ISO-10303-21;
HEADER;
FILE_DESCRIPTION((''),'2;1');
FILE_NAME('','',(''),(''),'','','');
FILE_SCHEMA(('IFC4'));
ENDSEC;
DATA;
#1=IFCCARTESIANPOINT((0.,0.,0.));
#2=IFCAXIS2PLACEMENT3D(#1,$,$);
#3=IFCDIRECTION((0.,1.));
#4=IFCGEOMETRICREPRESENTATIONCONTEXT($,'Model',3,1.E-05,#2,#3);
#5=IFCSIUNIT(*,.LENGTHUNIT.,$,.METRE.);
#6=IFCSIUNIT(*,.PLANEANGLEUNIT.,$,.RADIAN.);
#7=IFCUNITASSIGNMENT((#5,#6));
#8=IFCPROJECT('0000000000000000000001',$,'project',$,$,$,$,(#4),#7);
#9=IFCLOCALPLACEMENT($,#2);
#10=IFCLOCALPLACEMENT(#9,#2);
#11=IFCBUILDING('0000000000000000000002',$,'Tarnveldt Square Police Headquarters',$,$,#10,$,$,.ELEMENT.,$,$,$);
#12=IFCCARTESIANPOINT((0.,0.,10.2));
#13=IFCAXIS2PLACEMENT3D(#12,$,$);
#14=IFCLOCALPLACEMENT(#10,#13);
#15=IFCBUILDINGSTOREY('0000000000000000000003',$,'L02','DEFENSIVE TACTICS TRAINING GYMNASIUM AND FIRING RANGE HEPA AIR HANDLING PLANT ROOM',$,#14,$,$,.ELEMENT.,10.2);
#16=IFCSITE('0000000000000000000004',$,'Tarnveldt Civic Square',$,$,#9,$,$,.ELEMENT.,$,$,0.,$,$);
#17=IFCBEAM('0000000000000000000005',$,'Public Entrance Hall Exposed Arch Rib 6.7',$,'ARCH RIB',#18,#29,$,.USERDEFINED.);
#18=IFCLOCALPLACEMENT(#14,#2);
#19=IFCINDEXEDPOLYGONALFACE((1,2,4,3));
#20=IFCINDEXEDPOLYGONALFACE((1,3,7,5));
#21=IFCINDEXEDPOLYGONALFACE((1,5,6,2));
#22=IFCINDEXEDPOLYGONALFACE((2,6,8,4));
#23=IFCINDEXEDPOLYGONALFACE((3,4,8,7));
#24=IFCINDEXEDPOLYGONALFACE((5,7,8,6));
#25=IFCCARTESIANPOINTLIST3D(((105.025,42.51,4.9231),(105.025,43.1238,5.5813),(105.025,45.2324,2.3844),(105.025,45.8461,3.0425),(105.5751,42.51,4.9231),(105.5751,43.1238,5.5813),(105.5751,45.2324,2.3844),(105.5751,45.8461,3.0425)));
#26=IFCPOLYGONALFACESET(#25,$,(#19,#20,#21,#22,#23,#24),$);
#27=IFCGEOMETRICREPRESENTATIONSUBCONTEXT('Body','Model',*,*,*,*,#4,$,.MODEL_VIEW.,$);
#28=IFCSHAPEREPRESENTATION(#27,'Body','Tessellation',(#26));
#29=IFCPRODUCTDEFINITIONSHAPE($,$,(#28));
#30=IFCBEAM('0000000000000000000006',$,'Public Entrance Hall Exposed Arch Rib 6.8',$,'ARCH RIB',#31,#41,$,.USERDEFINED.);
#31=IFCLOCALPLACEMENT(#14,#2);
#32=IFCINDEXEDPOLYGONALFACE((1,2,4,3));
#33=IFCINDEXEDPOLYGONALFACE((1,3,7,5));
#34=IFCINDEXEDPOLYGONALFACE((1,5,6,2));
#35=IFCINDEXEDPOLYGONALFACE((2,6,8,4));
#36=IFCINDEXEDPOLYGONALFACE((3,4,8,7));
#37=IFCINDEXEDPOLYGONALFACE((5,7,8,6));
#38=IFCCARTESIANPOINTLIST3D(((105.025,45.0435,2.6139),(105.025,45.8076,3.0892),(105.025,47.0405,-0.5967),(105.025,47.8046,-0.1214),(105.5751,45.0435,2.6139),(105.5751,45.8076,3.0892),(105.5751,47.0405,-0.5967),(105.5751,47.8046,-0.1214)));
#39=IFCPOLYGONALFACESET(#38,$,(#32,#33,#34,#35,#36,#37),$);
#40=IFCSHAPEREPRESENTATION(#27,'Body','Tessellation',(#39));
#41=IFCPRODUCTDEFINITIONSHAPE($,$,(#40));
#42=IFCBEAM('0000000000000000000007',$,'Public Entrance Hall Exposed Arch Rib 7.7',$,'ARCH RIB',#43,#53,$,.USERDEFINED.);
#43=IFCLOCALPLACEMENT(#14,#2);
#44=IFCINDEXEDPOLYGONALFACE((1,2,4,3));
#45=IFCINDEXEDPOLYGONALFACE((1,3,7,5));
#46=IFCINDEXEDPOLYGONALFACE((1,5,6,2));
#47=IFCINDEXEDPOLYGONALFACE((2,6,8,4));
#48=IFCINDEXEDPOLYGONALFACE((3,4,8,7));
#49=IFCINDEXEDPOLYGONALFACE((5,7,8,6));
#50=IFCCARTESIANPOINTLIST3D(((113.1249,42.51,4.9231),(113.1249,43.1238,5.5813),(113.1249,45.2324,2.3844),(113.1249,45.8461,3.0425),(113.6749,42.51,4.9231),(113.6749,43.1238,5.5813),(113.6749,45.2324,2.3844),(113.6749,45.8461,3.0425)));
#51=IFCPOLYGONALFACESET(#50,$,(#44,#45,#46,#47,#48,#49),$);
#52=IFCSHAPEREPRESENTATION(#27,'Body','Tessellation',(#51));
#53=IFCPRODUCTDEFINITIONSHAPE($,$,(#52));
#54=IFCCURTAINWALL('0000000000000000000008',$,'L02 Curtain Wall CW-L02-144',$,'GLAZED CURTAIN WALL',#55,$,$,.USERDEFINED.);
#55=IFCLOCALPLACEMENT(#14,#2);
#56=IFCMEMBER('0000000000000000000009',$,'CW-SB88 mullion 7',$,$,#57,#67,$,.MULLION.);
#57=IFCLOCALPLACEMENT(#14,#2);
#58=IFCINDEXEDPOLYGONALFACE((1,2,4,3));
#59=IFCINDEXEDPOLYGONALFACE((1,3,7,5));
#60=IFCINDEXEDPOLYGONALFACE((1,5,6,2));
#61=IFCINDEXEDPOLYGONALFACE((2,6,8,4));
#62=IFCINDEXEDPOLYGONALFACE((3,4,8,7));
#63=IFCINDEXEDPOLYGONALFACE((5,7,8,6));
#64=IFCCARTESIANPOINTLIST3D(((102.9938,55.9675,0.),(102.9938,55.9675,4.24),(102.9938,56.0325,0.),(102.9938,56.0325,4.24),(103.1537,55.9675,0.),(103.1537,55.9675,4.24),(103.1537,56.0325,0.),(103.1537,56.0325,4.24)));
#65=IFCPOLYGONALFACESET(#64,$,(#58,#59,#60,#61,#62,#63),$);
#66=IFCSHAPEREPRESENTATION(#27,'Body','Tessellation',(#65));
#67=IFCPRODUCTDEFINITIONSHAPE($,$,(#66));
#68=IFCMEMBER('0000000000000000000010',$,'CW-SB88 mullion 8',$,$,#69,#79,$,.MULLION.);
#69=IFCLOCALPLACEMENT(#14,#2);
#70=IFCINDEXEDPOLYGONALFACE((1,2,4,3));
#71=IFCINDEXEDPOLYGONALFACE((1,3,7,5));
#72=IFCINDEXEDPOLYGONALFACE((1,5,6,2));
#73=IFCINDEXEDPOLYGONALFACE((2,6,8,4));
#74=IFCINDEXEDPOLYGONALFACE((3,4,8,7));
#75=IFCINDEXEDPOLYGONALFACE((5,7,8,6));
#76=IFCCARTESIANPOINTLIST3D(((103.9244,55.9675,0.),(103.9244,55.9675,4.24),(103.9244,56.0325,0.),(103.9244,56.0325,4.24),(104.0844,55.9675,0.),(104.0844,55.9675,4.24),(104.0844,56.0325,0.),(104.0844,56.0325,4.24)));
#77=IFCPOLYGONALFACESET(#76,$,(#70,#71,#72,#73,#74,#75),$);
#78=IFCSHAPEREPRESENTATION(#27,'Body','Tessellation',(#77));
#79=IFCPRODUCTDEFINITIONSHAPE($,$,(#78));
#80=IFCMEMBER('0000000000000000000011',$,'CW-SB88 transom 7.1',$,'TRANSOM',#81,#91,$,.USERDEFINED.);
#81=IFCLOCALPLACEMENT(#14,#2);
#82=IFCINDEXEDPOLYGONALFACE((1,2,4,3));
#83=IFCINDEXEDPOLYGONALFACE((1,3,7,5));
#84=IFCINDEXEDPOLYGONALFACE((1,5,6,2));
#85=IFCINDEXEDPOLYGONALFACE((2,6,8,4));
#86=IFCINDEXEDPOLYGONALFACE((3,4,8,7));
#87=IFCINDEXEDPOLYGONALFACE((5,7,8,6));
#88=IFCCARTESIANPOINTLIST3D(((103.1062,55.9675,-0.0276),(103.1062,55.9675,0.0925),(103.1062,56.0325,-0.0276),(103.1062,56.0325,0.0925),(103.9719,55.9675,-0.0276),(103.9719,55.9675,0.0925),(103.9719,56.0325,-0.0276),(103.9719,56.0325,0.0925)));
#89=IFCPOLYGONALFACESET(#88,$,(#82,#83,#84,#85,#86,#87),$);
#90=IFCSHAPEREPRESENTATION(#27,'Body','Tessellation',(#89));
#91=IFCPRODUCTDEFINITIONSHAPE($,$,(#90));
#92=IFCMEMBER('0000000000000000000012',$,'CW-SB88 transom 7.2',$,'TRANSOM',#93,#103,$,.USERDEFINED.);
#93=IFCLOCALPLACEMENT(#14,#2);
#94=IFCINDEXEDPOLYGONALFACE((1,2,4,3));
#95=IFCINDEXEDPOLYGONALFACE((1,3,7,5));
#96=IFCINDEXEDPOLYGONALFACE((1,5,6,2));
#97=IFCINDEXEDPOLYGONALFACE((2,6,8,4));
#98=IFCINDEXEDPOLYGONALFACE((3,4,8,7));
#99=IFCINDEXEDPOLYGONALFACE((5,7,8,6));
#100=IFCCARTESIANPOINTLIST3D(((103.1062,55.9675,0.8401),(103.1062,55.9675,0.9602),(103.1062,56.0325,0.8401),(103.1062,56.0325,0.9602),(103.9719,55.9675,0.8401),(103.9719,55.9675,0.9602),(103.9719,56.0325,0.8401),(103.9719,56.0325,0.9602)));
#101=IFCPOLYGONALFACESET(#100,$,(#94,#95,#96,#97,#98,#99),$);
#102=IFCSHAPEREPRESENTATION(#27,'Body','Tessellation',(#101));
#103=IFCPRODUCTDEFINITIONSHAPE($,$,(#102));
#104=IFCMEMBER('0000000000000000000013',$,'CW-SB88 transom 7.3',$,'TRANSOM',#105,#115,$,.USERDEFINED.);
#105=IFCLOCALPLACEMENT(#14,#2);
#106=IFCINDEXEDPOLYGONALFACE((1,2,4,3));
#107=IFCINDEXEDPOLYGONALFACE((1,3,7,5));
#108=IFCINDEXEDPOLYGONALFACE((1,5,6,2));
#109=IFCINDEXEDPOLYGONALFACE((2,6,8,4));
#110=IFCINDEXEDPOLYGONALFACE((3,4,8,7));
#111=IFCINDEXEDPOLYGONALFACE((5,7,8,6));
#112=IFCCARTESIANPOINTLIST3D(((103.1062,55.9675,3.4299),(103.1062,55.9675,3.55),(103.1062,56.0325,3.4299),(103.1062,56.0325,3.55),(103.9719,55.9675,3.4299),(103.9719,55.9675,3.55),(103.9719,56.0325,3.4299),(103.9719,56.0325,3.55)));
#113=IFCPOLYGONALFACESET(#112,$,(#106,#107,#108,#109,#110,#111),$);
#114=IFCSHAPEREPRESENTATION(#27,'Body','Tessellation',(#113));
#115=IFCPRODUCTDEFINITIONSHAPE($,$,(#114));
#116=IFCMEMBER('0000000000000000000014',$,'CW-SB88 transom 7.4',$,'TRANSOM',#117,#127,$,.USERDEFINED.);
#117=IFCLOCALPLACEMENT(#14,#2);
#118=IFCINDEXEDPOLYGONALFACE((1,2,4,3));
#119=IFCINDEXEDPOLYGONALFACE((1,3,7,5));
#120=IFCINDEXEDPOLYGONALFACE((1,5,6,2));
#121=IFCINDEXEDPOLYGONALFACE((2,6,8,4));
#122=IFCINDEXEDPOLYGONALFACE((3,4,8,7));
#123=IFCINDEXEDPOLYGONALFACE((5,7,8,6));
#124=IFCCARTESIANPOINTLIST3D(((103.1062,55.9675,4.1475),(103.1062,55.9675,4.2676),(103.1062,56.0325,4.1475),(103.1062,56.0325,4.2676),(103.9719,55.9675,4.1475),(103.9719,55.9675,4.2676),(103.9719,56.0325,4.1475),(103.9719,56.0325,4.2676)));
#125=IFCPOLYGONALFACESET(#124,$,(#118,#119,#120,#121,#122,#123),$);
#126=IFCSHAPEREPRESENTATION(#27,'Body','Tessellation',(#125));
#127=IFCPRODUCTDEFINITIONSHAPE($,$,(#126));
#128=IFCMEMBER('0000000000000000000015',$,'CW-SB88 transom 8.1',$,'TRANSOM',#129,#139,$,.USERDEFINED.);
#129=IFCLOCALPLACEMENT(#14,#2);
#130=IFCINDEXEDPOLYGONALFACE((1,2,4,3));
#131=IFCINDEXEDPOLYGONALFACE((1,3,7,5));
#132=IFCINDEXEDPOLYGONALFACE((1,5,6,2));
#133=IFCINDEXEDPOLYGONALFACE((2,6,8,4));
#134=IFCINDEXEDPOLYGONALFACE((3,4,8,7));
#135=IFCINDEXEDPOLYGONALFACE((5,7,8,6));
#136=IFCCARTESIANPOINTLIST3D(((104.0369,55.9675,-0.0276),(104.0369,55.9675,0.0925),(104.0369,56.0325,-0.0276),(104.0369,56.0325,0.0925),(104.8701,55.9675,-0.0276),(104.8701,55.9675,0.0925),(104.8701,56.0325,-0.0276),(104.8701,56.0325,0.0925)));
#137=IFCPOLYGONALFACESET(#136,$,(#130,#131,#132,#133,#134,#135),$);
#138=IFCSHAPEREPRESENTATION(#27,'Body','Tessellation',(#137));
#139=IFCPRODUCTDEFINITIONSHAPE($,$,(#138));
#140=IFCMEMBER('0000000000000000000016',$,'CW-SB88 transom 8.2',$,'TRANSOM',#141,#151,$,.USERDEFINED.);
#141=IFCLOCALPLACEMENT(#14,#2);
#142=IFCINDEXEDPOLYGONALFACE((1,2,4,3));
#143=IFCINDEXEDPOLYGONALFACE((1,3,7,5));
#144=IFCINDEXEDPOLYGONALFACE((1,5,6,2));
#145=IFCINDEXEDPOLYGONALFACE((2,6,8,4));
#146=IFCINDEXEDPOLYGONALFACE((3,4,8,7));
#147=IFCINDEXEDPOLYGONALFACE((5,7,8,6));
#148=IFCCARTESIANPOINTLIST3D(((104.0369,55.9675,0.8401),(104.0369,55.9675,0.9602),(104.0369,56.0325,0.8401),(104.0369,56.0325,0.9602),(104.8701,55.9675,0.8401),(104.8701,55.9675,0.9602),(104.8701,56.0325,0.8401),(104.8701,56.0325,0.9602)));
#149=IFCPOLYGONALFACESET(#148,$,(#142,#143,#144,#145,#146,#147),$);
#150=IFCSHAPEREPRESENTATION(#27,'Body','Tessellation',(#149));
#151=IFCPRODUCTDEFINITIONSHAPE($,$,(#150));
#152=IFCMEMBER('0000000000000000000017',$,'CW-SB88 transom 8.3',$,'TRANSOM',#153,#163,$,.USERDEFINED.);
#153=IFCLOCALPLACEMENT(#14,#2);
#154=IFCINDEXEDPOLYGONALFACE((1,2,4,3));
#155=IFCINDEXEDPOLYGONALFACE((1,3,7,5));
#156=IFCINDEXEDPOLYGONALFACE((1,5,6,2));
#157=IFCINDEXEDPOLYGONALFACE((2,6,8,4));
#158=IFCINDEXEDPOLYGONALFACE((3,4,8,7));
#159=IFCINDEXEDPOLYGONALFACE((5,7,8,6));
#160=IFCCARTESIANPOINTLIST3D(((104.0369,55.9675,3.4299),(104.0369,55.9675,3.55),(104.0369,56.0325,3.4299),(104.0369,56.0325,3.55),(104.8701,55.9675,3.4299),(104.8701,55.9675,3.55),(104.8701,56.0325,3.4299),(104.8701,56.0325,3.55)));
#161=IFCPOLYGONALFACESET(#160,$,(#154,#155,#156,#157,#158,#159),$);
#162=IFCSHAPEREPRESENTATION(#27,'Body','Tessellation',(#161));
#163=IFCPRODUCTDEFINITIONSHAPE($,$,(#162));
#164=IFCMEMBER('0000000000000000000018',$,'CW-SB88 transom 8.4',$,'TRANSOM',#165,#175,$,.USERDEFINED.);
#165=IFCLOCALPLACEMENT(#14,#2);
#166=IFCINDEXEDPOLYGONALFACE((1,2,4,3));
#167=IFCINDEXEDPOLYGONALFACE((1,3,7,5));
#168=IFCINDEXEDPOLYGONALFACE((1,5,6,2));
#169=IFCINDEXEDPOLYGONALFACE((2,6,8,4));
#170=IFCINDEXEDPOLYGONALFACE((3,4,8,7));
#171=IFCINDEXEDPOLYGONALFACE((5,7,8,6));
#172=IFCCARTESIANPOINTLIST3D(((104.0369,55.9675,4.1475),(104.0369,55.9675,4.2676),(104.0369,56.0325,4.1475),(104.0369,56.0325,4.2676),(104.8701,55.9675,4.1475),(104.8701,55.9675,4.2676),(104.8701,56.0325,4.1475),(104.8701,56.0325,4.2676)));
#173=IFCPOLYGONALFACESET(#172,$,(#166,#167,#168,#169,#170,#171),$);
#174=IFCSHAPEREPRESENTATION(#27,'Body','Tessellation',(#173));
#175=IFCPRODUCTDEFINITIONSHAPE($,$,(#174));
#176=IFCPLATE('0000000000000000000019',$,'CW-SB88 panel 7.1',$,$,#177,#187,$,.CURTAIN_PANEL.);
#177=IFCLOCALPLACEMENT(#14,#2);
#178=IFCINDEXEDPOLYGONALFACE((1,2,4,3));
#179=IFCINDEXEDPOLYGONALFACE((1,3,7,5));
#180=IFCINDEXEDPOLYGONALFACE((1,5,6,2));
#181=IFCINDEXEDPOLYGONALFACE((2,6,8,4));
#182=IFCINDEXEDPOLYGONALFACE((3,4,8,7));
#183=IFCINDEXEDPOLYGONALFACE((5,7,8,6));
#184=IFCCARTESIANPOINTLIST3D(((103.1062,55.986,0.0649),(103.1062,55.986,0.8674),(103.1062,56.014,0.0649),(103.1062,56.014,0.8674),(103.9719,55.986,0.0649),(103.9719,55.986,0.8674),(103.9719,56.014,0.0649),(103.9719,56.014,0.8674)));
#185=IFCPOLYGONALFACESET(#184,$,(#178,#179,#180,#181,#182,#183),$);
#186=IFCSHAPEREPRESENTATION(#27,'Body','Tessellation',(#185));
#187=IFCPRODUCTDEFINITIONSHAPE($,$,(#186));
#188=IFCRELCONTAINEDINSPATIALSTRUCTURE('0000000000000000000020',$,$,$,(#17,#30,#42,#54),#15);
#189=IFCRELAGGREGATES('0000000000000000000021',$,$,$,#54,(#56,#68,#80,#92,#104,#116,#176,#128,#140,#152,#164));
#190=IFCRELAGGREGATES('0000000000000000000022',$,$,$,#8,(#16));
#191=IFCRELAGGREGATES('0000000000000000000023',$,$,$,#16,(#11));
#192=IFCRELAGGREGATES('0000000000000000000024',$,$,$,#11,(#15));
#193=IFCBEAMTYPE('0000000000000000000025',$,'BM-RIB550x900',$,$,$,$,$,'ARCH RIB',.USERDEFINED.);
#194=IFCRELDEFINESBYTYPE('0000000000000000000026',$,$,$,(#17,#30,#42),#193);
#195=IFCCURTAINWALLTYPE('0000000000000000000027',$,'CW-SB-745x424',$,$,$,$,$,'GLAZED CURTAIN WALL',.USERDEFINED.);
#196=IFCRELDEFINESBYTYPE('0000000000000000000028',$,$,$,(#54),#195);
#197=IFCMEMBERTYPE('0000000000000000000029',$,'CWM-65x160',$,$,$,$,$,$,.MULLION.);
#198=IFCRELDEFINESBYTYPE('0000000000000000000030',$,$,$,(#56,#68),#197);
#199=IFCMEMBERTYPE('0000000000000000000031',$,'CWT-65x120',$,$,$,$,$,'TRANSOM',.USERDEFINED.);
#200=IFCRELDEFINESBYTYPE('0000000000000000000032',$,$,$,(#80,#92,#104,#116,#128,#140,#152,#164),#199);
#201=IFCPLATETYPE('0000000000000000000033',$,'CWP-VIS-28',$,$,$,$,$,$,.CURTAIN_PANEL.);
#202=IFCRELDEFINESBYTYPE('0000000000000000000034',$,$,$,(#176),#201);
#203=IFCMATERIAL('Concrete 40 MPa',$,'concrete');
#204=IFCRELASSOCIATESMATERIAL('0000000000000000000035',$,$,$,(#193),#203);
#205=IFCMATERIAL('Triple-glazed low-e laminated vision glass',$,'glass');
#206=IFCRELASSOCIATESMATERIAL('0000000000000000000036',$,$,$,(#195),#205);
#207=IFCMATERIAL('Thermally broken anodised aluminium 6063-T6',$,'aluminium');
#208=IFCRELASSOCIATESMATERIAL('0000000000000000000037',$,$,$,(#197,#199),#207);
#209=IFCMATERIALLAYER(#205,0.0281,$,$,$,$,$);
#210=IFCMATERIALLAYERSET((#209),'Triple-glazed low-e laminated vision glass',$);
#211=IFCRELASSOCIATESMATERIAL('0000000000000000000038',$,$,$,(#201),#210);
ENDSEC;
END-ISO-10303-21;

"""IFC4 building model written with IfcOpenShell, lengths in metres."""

from ifc_helpers import new_model, si_unit, direction, frame, origin, origin_2d, place, context, subcontext, project, spatial, rectangle, extrude, material, layer, layer_set, material_profile, profile_set, type_object, element, aggregate, save


model = new_model("IFC4")

# Units and contexts
model_context = context("Model", 3, precision=1e-05, world=origin(), true_north=direction((0.0, 1.0)))
body_context = subcontext(model_context, "Body", "Model", "MODEL_VIEW")
ifc_project = project(units=[si_unit("LENGTHUNIT", "METRE"), si_unit("PLANEANGLEUNIT", "RADIAN")], contexts=[model_context])

# Site, building, storey
site_placement = place(None, origin())
site = spatial("IfcSite", under=ifc_project, at=site_placement, Name="Tarnveldt Civic Square", CompositionType="ELEMENT", RefElevation=0.0)
building_placement = place(site_placement, origin())
building = spatial("IfcBuilding", under=site, at=building_placement, Name="Tarnveldt Square Police Headquarters", CompositionType="ELEMENT")
storey_placement = place(building_placement, frame((0.0, 0.0, 10.2)))
storey = spatial("IfcBuildingStorey", under=building, at=storey_placement, Name="L02", Description="DEFENSIVE TACTICS TRAINING GYMNASIUM AND FIRING RANGE HEPA AIR HANDLING PLANT ROOM", CompositionType="ELEMENT", Elevation=10.2)

# Beams
ifc_material_1 = material(Name="Concrete 40 MPa", Category="concrete")
ifc_material_profile_1 = material_profile(ifc_material_1, rectangle(XDim=0.55, YDim=0.8999, at=origin_2d()), Name="RC-RIB550x900")
ifc_profile_set_1 = profile_set([ifc_material_profile_1], Name="Concrete 40 MPa")
beam_type = type_object("IfcBeamType", Name="BM-RIB550x900", ElementType="ARCH RIB", PredefinedType="USERDEFINED", material=ifc_profile_set_1)
beam_1_placement = place(storey_placement, frame((105.3, 42.8169, 5.2522), z_axis=(0.0, 0.731337, -0.682017), x_axis=(-1.0, 0.0, 0.0)))
element("IfcBeam", 1, at=beam_1_placement, inside=storey, type_object=beam_type, Name="Public Entrance Hall Exposed Arch Rib 6.7", ObjectType="ARCH RIB", PredefinedType="USERDEFINED", context=body_context, shape_type="SweptSolid", body=[
    extrude(rectangle(XDim=0.55, YDim=0.8999, at=origin_2d()), origin(), (0.0, 0.0, 1.0), 3.7224),
])
beam_2_placement = place(storey_placement, frame((105.3, 45.4255, 2.8516), z_axis=(0.0, 0.528169, -0.849139), x_axis=(-1.0, 0.0, 0.0)))
element("IfcBeam", 2, at=beam_2_placement, inside=storey, type_object=beam_type, Name="Public Entrance Hall Exposed Arch Rib 6.8", ObjectType="ARCH RIB", PredefinedType="USERDEFINED", context=body_context, shape_type="SweptSolid", body=[
    extrude(rectangle(XDim=0.55, YDim=0.8999, at=origin_2d()), origin(), (0.0, 0.0, 1.0), 3.781),
])
beam_3_placement = place(storey_placement, frame((113.3999, 42.8169, 5.2522), z_axis=(0.0, 0.731337, -0.682017), x_axis=(-1.0, 0.0, 0.0)))
element("IfcBeam", 3, at=beam_3_placement, inside=storey, type_object=beam_type, Name="Public Entrance Hall Exposed Arch Rib 7.7", ObjectType="ARCH RIB", PredefinedType="USERDEFINED", context=body_context, shape_type="SweptSolid", body=[
    extrude(rectangle(XDim=0.55, YDim=0.8999, at=origin_2d()), origin(), (0.0, 0.0, 1.0), 3.7224),
])

# Curtain wall, members, plate
ifc_material_2 = material(Name="Triple-glazed low-e laminated vision glass", Category="glass")
curtain_wall_type = type_object("IfcCurtainWallType", Name="CW-SB-745x424", ElementType="GLAZED CURTAIN WALL", PredefinedType="USERDEFINED", material=ifc_material_2)
curtain_wall_placement = place(storey_placement, origin())
curtain_wall = element("IfcCurtainWall", 4, at=curtain_wall_placement, inside=storey, type_object=curtain_wall_type, Name="L02 Curtain Wall CW-L02-144", ObjectType="GLAZED CURTAIN WALL", PredefinedType="USERDEFINED")
ifc_material_3 = material(Name="Thermally broken anodised aluminium 6063-T6", Category="aluminium")
ifc_material_profile_2 = material_profile(ifc_material_3, rectangle(XDim=0.0649, YDim=0.1599, at=origin_2d()), Name="CW-M65x160")
ifc_profile_set_2 = profile_set([ifc_material_profile_2], Name="Thermally broken anodised aluminium 6063-T6")
member_type_1 = type_object("IfcMemberType", Name="CWM-65x160", PredefinedType="MULLION", material=ifc_profile_set_2)
member_1_placement = place(storey_placement, frame((103.0737, 56.0, 0.0), z_axis=(0.0, 0.0, 1.0), x_axis=(0.0, 1.0, 0.0)))
member_1 = element("IfcMember", 5, at=member_1_placement, type_object=member_type_1, Name="CW-SB88 mullion 7", PredefinedType="MULLION", context=body_context, shape_type="SweptSolid", body=[
    extrude(rectangle(XDim=0.0649, YDim=0.1599, at=origin_2d()), origin(), (0.0, 0.0, 1.0), 4.24),
])
member_2_placement = place(storey_placement, frame((104.0044, 56.0, 0.0), z_axis=(0.0, 0.0, 1.0), x_axis=(0.0, 1.0, 0.0)))
member_2 = element("IfcMember", 6, at=member_2_placement, type_object=member_type_1, Name="CW-SB88 mullion 8", PredefinedType="MULLION", context=body_context, shape_type="SweptSolid", body=[
    extrude(rectangle(XDim=0.0649, YDim=0.1599, at=origin_2d()), origin(), (0.0, 0.0, 1.0), 4.24),
])
ifc_material_profile_3 = material_profile(ifc_material_3, rectangle(XDim=0.0649, YDim=0.1201, at=origin_2d()), Name="CW-T65x120")
ifc_profile_set_3 = profile_set([ifc_material_profile_3], Name="Thermally broken anodised aluminium 6063-T6")
member_type_2 = type_object("IfcMemberType", Name="CWT-65x120", ElementType="TRANSOM", PredefinedType="USERDEFINED", material=ifc_profile_set_3)
member_3_placement = place(storey_placement, frame((103.1062, 56.0, 0.0325), z_axis=(1.0, 0.0, 0.0), x_axis=(0.0, 1.0, 0.0)))
member_3 = element("IfcMember", 7, at=member_3_placement, type_object=member_type_2, Name="CW-SB88 transom 7.1", ObjectType="TRANSOM", PredefinedType="USERDEFINED", context=body_context, shape_type="SweptSolid", body=[
    extrude(rectangle(XDim=0.0649, YDim=0.1201, at=origin_2d()), origin(), (0.0, 0.0, 1.0), 0.8657),
])
member_4_placement = place(storey_placement, frame((103.1062, 56.0, 0.9001), z_axis=(1.0, 0.0, 0.0), x_axis=(0.0, 1.0, 0.0)))
member_4 = element("IfcMember", 8, at=member_4_placement, type_object=member_type_2, Name="CW-SB88 transom 7.2", ObjectType="TRANSOM", PredefinedType="USERDEFINED", context=body_context, shape_type="SweptSolid", body=[
    extrude(rectangle(XDim=0.0649, YDim=0.1201, at=origin_2d()), origin(), (0.0, 0.0, 1.0), 0.8657),
])
member_5_placement = place(storey_placement, frame((103.1062, 56.0, 3.49), z_axis=(1.0, 0.0, 0.0), x_axis=(0.0, 1.0, 0.0)))
member_5 = element("IfcMember", 9, at=member_5_placement, type_object=member_type_2, Name="CW-SB88 transom 7.3", ObjectType="TRANSOM", PredefinedType="USERDEFINED", context=body_context, shape_type="SweptSolid", body=[
    extrude(rectangle(XDim=0.0649, YDim=0.1201, at=origin_2d()), origin(), (0.0, 0.0, 1.0), 0.8657),
])
member_6_placement = place(storey_placement, frame((103.1062, 56.0, 4.2075), z_axis=(1.0, 0.0, 0.0), x_axis=(0.0, 1.0, 0.0)))
member_6 = element("IfcMember", 10, at=member_6_placement, type_object=member_type_2, Name="CW-SB88 transom 7.4", ObjectType="TRANSOM", PredefinedType="USERDEFINED", context=body_context, shape_type="SweptSolid", body=[
    extrude(rectangle(XDim=0.0649, YDim=0.1201, at=origin_2d()), origin(), (0.0, 0.0, 1.0), 0.8657),
])
member_7_placement = place(storey_placement, frame((104.0369, 56.0, 0.0325), z_axis=(1.0, 0.0, 0.0), x_axis=(0.0, 1.0, 0.0)))
member_7 = element("IfcMember", 11, at=member_7_placement, type_object=member_type_2, Name="CW-SB88 transom 8.1", ObjectType="TRANSOM", PredefinedType="USERDEFINED", context=body_context, shape_type="SweptSolid", body=[
    extrude(rectangle(XDim=0.0649, YDim=0.1201, at=origin_2d()), origin(), (0.0, 0.0, 1.0), 0.8333),
])
member_8_placement = place(storey_placement, frame((104.0369, 56.0, 0.9001), z_axis=(1.0, 0.0, 0.0), x_axis=(0.0, 1.0, 0.0)))
member_8 = element("IfcMember", 12, at=member_8_placement, type_object=member_type_2, Name="CW-SB88 transom 8.2", ObjectType="TRANSOM", PredefinedType="USERDEFINED", context=body_context, shape_type="SweptSolid", body=[
    extrude(rectangle(XDim=0.0649, YDim=0.1201, at=origin_2d()), origin(), (0.0, 0.0, 1.0), 0.8333),
])
member_9_placement = place(storey_placement, frame((104.0369, 56.0, 3.49), z_axis=(1.0, 0.0, 0.0), x_axis=(0.0, 1.0, 0.0)))
member_9 = element("IfcMember", 13, at=member_9_placement, type_object=member_type_2, Name="CW-SB88 transom 8.3", ObjectType="TRANSOM", PredefinedType="USERDEFINED", context=body_context, shape_type="SweptSolid", body=[
    extrude(rectangle(XDim=0.0649, YDim=0.1201, at=origin_2d()), origin(), (0.0, 0.0, 1.0), 0.8333),
])
member_10_placement = place(storey_placement, frame((104.0369, 56.0, 4.2075), z_axis=(1.0, 0.0, 0.0), x_axis=(0.0, 1.0, 0.0)))
member_10 = element("IfcMember", 14, at=member_10_placement, type_object=member_type_2, Name="CW-SB88 transom 8.4", ObjectType="TRANSOM", PredefinedType="USERDEFINED", context=body_context, shape_type="SweptSolid", body=[
    extrude(rectangle(XDim=0.0649, YDim=0.1201, at=origin_2d()), origin(), (0.0, 0.0, 1.0), 0.8333),
])
ifc_layer_1 = layer(ifc_material_2, 0.0281)
ifc_layer_set_1 = layer_set([ifc_layer_1], Name="Triple-glazed low-e laminated vision glass")
plate_type = type_object("IfcPlateType", Name="CWP-VIS-28", PredefinedType="CURTAIN_PANEL", material=ifc_layer_set_1)
plate_1_placement = place(storey_placement, frame((103.5391, 56.0, 0.0649), z_axis=(0.0, 0.0, 1.0), x_axis=(1.0, 0.0, 0.0)))
plate_1 = element("IfcPlate", 15, at=plate_1_placement, type_object=plate_type, Name="CW-SB88 panel 7.1", PredefinedType="CURTAIN_PANEL", context=body_context, shape_type="SweptSolid", body=[
    extrude(rectangle(XDim=0.8657, YDim=0.0281, at=origin_2d()), origin(), (0.0, 0.0, 1.0), 0.8025),
])
aggregate(curtain_wall, [member_1, member_2, member_3, member_4, member_5, member_6, plate_1, member_7, member_8, member_9, member_10])

save(model, "model.ifc")
